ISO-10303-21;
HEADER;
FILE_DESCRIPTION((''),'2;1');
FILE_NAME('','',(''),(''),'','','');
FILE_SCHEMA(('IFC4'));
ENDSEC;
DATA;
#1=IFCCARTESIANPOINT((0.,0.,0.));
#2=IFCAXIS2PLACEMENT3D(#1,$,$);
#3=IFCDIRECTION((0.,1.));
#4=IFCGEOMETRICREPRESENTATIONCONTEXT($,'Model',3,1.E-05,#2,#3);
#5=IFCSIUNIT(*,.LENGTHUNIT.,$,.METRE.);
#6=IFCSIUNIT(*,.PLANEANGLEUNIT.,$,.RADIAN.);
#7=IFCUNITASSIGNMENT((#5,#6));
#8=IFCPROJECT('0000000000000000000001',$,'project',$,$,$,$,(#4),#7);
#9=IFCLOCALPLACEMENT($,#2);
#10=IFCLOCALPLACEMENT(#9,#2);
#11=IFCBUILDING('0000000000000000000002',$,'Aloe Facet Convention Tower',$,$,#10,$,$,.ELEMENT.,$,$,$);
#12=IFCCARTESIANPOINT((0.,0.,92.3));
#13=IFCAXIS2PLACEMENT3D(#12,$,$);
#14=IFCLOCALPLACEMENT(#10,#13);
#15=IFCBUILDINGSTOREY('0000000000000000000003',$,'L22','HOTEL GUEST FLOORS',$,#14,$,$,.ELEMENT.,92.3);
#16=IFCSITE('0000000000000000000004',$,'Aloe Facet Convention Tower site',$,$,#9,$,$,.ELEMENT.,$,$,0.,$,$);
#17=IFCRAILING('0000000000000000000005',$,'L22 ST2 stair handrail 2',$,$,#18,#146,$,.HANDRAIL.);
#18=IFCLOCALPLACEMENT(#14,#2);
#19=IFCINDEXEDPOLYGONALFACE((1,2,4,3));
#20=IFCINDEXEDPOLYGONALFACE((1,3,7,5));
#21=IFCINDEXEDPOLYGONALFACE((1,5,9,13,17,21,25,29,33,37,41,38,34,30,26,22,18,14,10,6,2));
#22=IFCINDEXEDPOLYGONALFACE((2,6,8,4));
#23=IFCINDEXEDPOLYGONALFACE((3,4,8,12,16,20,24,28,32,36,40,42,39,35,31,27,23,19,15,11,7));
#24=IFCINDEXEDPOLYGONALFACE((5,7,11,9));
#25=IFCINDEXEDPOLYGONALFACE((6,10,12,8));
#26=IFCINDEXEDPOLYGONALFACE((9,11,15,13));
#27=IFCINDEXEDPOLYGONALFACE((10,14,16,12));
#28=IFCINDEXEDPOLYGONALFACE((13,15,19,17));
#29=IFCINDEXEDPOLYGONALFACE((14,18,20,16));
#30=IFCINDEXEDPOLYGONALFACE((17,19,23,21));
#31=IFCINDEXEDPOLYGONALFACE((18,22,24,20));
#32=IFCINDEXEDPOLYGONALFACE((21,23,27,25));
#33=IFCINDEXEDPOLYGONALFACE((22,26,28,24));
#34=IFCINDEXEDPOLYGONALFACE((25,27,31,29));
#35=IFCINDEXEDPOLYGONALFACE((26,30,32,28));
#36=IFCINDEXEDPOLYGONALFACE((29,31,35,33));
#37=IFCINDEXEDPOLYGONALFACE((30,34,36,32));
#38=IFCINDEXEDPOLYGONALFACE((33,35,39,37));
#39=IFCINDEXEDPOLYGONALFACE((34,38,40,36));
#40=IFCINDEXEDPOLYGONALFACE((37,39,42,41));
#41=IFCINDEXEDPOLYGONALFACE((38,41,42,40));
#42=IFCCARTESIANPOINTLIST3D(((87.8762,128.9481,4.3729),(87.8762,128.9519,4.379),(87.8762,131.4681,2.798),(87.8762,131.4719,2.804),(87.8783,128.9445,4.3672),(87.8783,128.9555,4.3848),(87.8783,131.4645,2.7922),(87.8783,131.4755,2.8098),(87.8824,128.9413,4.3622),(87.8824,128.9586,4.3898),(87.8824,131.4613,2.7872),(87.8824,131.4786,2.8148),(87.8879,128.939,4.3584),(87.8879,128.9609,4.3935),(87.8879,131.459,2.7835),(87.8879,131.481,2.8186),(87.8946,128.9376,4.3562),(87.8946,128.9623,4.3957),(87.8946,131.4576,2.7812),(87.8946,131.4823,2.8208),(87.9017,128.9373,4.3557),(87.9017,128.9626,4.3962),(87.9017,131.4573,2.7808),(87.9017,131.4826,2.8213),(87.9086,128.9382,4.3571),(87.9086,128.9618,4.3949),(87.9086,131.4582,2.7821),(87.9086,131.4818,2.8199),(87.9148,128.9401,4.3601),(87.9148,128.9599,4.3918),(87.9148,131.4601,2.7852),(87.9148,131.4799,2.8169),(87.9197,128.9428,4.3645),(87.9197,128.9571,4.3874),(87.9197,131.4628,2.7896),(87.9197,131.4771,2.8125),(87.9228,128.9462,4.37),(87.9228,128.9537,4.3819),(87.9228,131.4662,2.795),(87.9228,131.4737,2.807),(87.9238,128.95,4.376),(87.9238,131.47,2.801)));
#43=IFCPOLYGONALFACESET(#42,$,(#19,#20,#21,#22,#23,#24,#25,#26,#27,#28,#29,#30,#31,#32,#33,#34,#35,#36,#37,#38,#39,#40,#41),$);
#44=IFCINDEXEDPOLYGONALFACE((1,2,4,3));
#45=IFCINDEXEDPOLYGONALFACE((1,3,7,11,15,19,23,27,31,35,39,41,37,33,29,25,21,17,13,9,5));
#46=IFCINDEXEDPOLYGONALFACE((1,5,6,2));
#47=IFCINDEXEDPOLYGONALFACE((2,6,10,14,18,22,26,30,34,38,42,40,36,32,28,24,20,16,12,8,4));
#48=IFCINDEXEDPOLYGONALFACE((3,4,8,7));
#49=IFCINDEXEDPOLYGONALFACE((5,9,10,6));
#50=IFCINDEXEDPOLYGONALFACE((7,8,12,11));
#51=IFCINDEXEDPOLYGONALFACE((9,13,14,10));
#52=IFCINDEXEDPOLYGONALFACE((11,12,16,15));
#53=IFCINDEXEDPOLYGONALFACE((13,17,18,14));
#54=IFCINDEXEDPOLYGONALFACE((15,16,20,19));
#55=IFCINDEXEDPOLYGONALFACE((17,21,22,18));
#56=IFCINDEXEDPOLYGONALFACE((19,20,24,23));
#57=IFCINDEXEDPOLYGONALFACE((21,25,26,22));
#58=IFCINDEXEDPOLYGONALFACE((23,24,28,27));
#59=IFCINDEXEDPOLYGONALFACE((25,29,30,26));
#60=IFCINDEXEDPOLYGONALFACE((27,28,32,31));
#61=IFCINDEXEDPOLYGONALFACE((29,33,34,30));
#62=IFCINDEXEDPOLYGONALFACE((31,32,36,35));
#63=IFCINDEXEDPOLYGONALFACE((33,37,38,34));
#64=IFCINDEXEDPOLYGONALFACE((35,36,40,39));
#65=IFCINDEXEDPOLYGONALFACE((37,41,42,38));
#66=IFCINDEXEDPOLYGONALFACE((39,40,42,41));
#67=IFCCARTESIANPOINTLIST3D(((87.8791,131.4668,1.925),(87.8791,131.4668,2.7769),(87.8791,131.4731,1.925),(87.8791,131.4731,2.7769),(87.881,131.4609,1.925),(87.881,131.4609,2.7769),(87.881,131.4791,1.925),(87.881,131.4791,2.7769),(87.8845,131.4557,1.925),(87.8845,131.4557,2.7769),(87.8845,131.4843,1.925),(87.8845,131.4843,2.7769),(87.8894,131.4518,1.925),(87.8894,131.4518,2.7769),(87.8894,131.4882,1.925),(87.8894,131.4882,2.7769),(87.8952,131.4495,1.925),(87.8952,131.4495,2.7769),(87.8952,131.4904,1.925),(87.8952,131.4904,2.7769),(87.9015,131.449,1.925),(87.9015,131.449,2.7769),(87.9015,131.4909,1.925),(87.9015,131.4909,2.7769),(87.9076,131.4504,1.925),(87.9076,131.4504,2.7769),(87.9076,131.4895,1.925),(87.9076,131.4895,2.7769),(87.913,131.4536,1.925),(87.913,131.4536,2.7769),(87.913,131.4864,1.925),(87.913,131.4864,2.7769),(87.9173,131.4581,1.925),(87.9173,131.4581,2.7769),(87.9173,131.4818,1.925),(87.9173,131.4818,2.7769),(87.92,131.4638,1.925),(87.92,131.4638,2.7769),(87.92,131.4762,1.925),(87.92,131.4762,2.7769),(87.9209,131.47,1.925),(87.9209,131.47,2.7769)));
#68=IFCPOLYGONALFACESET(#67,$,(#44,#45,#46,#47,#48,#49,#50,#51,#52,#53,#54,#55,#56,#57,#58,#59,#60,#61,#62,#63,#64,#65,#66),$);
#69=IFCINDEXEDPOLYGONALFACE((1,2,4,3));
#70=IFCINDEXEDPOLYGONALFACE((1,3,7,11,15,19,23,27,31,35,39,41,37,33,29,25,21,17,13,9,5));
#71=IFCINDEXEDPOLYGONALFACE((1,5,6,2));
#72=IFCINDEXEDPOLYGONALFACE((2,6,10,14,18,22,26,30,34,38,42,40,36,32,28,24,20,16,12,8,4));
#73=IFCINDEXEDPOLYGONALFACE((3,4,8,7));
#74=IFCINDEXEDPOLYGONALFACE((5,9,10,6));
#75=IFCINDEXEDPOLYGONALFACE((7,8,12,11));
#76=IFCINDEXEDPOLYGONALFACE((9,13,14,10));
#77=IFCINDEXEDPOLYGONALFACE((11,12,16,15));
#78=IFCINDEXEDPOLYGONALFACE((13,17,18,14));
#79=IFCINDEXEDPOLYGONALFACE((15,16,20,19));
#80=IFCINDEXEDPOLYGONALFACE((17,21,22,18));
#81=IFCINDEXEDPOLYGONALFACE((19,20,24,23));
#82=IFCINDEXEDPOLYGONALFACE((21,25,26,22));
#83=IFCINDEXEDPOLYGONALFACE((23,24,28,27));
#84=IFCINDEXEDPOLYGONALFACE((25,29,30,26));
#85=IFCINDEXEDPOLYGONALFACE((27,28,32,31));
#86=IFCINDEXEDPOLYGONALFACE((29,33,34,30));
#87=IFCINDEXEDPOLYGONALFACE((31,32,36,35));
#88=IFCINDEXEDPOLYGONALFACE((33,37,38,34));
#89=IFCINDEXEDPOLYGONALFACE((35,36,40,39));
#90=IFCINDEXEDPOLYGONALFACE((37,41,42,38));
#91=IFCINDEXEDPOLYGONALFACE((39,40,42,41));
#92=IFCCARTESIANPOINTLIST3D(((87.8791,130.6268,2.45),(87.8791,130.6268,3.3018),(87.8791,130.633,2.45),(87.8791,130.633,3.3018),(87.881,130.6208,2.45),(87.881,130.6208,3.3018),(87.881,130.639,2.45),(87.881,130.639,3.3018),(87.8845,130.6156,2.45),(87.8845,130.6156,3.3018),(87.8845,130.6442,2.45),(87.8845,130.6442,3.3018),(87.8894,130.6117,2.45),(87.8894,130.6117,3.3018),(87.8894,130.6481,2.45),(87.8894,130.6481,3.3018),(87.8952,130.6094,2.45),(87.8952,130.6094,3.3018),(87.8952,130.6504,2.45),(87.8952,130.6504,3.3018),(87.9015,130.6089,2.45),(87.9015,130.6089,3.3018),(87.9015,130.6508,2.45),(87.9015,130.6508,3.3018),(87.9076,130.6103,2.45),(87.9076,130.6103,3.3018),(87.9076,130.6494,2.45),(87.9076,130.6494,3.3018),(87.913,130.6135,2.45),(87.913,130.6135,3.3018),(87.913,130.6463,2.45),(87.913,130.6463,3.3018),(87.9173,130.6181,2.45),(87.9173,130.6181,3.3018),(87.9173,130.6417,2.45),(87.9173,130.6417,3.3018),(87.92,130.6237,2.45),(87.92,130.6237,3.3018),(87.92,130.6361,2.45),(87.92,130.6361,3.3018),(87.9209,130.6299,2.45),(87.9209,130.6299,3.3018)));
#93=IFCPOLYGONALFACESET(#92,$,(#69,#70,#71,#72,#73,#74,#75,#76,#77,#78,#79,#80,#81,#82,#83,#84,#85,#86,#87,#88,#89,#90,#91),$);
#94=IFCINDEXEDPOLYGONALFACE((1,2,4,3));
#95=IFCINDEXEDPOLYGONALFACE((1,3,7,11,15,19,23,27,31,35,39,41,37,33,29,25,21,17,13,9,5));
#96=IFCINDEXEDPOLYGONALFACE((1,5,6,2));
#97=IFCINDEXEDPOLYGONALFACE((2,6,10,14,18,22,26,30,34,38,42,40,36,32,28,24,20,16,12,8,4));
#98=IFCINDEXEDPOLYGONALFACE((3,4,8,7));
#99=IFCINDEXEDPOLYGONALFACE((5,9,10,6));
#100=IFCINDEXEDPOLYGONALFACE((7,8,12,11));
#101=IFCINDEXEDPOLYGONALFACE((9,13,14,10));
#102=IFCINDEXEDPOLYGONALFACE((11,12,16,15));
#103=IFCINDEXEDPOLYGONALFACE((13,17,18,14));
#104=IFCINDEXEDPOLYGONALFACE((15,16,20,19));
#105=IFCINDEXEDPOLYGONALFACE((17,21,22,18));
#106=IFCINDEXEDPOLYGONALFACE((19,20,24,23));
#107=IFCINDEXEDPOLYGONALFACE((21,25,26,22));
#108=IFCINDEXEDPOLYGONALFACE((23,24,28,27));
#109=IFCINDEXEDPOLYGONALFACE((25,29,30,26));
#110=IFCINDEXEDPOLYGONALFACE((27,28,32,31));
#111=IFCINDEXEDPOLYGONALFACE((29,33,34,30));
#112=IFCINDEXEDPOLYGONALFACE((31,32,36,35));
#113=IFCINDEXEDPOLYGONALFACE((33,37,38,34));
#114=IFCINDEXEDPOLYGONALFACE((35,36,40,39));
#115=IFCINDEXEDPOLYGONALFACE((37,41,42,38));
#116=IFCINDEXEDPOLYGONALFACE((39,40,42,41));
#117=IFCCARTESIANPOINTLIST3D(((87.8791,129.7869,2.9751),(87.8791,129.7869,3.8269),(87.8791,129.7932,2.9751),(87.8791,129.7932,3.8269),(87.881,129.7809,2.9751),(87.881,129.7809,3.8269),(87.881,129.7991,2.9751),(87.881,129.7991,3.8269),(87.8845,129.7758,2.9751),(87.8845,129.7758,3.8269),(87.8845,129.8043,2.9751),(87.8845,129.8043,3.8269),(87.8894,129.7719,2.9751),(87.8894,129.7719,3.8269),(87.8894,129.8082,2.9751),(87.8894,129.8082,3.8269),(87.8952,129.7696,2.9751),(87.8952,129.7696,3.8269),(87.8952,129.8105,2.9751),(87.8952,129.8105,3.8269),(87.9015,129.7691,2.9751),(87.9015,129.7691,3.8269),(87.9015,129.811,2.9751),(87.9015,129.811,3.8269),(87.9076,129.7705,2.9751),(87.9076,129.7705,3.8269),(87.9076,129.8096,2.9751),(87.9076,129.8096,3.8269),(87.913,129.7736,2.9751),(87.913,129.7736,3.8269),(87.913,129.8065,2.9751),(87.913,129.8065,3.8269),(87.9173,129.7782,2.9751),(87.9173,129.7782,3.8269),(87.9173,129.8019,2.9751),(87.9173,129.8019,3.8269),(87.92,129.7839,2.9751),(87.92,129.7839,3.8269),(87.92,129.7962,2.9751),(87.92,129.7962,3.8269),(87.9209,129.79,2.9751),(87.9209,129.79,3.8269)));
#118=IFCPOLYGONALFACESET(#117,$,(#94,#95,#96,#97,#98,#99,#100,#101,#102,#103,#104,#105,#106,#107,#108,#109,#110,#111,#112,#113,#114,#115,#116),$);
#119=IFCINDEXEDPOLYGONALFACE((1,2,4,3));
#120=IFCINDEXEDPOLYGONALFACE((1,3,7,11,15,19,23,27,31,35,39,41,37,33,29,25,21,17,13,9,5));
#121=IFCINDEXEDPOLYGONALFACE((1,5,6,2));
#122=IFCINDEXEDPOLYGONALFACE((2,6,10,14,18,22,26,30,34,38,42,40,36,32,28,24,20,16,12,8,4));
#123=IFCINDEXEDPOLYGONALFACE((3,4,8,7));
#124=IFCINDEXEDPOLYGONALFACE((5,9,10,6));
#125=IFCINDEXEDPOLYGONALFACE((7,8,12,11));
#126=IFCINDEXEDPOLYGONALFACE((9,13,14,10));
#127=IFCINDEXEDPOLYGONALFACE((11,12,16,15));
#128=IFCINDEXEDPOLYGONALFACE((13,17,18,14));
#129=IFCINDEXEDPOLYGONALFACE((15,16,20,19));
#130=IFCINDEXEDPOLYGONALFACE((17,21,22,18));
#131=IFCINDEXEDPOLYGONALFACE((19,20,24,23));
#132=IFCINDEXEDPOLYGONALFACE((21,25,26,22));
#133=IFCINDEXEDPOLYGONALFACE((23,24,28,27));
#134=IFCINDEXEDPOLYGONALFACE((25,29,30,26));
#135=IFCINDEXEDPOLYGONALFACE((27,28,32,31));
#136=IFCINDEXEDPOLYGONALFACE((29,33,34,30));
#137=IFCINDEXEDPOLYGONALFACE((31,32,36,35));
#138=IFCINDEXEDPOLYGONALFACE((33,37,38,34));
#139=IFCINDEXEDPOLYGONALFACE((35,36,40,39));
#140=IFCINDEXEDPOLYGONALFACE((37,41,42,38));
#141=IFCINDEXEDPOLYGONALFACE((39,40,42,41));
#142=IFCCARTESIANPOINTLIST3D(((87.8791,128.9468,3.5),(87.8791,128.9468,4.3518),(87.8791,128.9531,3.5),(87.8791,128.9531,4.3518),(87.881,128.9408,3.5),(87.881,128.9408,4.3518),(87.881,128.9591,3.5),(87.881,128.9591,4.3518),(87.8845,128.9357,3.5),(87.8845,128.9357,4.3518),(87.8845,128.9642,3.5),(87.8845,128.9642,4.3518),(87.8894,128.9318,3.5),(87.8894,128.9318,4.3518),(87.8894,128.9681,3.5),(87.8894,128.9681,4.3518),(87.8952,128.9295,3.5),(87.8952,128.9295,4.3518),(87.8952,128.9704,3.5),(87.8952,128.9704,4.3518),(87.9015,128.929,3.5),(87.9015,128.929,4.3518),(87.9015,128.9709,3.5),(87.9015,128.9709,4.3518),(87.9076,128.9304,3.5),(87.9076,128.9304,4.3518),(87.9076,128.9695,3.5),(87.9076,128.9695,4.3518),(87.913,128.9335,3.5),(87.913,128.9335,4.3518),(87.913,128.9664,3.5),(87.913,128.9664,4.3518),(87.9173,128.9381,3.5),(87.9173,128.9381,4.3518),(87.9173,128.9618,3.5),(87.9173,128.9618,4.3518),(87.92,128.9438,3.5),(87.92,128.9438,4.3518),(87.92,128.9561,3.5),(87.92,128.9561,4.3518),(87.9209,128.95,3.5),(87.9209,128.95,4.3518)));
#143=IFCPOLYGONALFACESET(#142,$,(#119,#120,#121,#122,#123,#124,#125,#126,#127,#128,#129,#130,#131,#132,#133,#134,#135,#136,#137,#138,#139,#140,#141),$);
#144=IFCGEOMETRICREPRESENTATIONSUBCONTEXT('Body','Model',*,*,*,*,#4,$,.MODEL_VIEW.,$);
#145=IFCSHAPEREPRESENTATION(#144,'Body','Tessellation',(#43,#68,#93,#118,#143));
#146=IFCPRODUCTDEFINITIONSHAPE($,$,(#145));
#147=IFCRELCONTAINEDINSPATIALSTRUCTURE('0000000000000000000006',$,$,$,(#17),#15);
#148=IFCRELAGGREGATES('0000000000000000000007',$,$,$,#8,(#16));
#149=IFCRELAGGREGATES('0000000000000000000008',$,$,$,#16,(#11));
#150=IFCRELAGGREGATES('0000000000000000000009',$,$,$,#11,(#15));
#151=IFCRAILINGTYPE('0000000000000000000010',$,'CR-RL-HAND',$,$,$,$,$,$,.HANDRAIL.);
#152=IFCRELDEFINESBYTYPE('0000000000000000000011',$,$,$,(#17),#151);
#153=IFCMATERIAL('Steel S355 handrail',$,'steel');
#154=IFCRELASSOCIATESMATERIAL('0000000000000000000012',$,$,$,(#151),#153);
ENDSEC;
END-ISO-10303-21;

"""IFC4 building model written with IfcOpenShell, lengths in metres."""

from ifc_helpers import new_model, si_unit, direction, frame, origin, origin_2d, place, context, subcontext, project, spatial, circle, extrude, material, type_object, element, save


model = new_model("IFC4")

# Units and contexts
model_context = context("Model", 3, precision=1e-05, world=origin(), true_north=direction((0.0, 1.0)))
body_context = subcontext(model_context, "Body", "Model", "MODEL_VIEW")
ifc_project = project(units=[si_unit("LENGTHUNIT", "METRE"), si_unit("PLANEANGLEUNIT", "RADIAN")], contexts=[model_context])

# Site, building, storey
site_placement = place(None, origin())
site = spatial("IfcSite", under=ifc_project, at=site_placement, Name="Aloe Facet Convention Tower site", CompositionType="ELEMENT", RefElevation=0.0)
building_placement = place(site_placement, origin())
building = spatial("IfcBuilding", under=site, at=building_placement, Name="Aloe Facet Convention Tower", CompositionType="ELEMENT")
storey_placement = place(building_placement, frame((0.0, 0.0, 92.3)))
storey = spatial("IfcBuildingStorey", under=building, at=storey_placement, Name="L22", Description="HOTEL GUEST FLOORS", CompositionType="ELEMENT", Elevation=92.3)

# Railing
ifc_material_1 = material(Name="Steel S355 handrail", Category="steel")
railing_type_1 = type_object("IfcRailingType", Name="CR-RL-HAND", PredefinedType="HANDRAIL", material=ifc_material_1)
railing_1_placement = place(storey_placement, frame((87.8999, 131.47, 1.925)))
element("IfcRailing", 1, at=railing_1_placement, inside=storey, type_object=railing_type_1, Name="L22 ST2 stair handrail 2", PredefinedType="HANDRAIL", context=body_context, shape_type="SweptSolid", body=[
    extrude(circle(Radius=0.0239, at=origin_2d()), frame((0.0, 0.0, 0.876), z_axis=(0.0, -0.848008, 0.529984), x_axis=(1.0, 0.0, 0.0)), (0.0, 0.0, 1.0), 2.9717),
    extrude(circle(Radius=0.021, at=origin_2d()), origin(), (0.0, 0.0, 1.0), 0.8518),
    extrude(circle(Radius=0.021, at=origin_2d()), frame((0.0, -0.8401, 0.5249)), (0.0, 0.0, 1.0), 0.8518),
    extrude(circle(Radius=0.021, at=origin_2d()), frame((0.0, -1.6799, 1.05)), (0.0, 0.0, 1.0), 0.8518),
    extrude(circle(Radius=0.021, at=origin_2d()), frame((0.0, -2.52, 1.575)), (0.0, 0.0, 1.0), 0.8518),
])

save(model, "model.ifc")
